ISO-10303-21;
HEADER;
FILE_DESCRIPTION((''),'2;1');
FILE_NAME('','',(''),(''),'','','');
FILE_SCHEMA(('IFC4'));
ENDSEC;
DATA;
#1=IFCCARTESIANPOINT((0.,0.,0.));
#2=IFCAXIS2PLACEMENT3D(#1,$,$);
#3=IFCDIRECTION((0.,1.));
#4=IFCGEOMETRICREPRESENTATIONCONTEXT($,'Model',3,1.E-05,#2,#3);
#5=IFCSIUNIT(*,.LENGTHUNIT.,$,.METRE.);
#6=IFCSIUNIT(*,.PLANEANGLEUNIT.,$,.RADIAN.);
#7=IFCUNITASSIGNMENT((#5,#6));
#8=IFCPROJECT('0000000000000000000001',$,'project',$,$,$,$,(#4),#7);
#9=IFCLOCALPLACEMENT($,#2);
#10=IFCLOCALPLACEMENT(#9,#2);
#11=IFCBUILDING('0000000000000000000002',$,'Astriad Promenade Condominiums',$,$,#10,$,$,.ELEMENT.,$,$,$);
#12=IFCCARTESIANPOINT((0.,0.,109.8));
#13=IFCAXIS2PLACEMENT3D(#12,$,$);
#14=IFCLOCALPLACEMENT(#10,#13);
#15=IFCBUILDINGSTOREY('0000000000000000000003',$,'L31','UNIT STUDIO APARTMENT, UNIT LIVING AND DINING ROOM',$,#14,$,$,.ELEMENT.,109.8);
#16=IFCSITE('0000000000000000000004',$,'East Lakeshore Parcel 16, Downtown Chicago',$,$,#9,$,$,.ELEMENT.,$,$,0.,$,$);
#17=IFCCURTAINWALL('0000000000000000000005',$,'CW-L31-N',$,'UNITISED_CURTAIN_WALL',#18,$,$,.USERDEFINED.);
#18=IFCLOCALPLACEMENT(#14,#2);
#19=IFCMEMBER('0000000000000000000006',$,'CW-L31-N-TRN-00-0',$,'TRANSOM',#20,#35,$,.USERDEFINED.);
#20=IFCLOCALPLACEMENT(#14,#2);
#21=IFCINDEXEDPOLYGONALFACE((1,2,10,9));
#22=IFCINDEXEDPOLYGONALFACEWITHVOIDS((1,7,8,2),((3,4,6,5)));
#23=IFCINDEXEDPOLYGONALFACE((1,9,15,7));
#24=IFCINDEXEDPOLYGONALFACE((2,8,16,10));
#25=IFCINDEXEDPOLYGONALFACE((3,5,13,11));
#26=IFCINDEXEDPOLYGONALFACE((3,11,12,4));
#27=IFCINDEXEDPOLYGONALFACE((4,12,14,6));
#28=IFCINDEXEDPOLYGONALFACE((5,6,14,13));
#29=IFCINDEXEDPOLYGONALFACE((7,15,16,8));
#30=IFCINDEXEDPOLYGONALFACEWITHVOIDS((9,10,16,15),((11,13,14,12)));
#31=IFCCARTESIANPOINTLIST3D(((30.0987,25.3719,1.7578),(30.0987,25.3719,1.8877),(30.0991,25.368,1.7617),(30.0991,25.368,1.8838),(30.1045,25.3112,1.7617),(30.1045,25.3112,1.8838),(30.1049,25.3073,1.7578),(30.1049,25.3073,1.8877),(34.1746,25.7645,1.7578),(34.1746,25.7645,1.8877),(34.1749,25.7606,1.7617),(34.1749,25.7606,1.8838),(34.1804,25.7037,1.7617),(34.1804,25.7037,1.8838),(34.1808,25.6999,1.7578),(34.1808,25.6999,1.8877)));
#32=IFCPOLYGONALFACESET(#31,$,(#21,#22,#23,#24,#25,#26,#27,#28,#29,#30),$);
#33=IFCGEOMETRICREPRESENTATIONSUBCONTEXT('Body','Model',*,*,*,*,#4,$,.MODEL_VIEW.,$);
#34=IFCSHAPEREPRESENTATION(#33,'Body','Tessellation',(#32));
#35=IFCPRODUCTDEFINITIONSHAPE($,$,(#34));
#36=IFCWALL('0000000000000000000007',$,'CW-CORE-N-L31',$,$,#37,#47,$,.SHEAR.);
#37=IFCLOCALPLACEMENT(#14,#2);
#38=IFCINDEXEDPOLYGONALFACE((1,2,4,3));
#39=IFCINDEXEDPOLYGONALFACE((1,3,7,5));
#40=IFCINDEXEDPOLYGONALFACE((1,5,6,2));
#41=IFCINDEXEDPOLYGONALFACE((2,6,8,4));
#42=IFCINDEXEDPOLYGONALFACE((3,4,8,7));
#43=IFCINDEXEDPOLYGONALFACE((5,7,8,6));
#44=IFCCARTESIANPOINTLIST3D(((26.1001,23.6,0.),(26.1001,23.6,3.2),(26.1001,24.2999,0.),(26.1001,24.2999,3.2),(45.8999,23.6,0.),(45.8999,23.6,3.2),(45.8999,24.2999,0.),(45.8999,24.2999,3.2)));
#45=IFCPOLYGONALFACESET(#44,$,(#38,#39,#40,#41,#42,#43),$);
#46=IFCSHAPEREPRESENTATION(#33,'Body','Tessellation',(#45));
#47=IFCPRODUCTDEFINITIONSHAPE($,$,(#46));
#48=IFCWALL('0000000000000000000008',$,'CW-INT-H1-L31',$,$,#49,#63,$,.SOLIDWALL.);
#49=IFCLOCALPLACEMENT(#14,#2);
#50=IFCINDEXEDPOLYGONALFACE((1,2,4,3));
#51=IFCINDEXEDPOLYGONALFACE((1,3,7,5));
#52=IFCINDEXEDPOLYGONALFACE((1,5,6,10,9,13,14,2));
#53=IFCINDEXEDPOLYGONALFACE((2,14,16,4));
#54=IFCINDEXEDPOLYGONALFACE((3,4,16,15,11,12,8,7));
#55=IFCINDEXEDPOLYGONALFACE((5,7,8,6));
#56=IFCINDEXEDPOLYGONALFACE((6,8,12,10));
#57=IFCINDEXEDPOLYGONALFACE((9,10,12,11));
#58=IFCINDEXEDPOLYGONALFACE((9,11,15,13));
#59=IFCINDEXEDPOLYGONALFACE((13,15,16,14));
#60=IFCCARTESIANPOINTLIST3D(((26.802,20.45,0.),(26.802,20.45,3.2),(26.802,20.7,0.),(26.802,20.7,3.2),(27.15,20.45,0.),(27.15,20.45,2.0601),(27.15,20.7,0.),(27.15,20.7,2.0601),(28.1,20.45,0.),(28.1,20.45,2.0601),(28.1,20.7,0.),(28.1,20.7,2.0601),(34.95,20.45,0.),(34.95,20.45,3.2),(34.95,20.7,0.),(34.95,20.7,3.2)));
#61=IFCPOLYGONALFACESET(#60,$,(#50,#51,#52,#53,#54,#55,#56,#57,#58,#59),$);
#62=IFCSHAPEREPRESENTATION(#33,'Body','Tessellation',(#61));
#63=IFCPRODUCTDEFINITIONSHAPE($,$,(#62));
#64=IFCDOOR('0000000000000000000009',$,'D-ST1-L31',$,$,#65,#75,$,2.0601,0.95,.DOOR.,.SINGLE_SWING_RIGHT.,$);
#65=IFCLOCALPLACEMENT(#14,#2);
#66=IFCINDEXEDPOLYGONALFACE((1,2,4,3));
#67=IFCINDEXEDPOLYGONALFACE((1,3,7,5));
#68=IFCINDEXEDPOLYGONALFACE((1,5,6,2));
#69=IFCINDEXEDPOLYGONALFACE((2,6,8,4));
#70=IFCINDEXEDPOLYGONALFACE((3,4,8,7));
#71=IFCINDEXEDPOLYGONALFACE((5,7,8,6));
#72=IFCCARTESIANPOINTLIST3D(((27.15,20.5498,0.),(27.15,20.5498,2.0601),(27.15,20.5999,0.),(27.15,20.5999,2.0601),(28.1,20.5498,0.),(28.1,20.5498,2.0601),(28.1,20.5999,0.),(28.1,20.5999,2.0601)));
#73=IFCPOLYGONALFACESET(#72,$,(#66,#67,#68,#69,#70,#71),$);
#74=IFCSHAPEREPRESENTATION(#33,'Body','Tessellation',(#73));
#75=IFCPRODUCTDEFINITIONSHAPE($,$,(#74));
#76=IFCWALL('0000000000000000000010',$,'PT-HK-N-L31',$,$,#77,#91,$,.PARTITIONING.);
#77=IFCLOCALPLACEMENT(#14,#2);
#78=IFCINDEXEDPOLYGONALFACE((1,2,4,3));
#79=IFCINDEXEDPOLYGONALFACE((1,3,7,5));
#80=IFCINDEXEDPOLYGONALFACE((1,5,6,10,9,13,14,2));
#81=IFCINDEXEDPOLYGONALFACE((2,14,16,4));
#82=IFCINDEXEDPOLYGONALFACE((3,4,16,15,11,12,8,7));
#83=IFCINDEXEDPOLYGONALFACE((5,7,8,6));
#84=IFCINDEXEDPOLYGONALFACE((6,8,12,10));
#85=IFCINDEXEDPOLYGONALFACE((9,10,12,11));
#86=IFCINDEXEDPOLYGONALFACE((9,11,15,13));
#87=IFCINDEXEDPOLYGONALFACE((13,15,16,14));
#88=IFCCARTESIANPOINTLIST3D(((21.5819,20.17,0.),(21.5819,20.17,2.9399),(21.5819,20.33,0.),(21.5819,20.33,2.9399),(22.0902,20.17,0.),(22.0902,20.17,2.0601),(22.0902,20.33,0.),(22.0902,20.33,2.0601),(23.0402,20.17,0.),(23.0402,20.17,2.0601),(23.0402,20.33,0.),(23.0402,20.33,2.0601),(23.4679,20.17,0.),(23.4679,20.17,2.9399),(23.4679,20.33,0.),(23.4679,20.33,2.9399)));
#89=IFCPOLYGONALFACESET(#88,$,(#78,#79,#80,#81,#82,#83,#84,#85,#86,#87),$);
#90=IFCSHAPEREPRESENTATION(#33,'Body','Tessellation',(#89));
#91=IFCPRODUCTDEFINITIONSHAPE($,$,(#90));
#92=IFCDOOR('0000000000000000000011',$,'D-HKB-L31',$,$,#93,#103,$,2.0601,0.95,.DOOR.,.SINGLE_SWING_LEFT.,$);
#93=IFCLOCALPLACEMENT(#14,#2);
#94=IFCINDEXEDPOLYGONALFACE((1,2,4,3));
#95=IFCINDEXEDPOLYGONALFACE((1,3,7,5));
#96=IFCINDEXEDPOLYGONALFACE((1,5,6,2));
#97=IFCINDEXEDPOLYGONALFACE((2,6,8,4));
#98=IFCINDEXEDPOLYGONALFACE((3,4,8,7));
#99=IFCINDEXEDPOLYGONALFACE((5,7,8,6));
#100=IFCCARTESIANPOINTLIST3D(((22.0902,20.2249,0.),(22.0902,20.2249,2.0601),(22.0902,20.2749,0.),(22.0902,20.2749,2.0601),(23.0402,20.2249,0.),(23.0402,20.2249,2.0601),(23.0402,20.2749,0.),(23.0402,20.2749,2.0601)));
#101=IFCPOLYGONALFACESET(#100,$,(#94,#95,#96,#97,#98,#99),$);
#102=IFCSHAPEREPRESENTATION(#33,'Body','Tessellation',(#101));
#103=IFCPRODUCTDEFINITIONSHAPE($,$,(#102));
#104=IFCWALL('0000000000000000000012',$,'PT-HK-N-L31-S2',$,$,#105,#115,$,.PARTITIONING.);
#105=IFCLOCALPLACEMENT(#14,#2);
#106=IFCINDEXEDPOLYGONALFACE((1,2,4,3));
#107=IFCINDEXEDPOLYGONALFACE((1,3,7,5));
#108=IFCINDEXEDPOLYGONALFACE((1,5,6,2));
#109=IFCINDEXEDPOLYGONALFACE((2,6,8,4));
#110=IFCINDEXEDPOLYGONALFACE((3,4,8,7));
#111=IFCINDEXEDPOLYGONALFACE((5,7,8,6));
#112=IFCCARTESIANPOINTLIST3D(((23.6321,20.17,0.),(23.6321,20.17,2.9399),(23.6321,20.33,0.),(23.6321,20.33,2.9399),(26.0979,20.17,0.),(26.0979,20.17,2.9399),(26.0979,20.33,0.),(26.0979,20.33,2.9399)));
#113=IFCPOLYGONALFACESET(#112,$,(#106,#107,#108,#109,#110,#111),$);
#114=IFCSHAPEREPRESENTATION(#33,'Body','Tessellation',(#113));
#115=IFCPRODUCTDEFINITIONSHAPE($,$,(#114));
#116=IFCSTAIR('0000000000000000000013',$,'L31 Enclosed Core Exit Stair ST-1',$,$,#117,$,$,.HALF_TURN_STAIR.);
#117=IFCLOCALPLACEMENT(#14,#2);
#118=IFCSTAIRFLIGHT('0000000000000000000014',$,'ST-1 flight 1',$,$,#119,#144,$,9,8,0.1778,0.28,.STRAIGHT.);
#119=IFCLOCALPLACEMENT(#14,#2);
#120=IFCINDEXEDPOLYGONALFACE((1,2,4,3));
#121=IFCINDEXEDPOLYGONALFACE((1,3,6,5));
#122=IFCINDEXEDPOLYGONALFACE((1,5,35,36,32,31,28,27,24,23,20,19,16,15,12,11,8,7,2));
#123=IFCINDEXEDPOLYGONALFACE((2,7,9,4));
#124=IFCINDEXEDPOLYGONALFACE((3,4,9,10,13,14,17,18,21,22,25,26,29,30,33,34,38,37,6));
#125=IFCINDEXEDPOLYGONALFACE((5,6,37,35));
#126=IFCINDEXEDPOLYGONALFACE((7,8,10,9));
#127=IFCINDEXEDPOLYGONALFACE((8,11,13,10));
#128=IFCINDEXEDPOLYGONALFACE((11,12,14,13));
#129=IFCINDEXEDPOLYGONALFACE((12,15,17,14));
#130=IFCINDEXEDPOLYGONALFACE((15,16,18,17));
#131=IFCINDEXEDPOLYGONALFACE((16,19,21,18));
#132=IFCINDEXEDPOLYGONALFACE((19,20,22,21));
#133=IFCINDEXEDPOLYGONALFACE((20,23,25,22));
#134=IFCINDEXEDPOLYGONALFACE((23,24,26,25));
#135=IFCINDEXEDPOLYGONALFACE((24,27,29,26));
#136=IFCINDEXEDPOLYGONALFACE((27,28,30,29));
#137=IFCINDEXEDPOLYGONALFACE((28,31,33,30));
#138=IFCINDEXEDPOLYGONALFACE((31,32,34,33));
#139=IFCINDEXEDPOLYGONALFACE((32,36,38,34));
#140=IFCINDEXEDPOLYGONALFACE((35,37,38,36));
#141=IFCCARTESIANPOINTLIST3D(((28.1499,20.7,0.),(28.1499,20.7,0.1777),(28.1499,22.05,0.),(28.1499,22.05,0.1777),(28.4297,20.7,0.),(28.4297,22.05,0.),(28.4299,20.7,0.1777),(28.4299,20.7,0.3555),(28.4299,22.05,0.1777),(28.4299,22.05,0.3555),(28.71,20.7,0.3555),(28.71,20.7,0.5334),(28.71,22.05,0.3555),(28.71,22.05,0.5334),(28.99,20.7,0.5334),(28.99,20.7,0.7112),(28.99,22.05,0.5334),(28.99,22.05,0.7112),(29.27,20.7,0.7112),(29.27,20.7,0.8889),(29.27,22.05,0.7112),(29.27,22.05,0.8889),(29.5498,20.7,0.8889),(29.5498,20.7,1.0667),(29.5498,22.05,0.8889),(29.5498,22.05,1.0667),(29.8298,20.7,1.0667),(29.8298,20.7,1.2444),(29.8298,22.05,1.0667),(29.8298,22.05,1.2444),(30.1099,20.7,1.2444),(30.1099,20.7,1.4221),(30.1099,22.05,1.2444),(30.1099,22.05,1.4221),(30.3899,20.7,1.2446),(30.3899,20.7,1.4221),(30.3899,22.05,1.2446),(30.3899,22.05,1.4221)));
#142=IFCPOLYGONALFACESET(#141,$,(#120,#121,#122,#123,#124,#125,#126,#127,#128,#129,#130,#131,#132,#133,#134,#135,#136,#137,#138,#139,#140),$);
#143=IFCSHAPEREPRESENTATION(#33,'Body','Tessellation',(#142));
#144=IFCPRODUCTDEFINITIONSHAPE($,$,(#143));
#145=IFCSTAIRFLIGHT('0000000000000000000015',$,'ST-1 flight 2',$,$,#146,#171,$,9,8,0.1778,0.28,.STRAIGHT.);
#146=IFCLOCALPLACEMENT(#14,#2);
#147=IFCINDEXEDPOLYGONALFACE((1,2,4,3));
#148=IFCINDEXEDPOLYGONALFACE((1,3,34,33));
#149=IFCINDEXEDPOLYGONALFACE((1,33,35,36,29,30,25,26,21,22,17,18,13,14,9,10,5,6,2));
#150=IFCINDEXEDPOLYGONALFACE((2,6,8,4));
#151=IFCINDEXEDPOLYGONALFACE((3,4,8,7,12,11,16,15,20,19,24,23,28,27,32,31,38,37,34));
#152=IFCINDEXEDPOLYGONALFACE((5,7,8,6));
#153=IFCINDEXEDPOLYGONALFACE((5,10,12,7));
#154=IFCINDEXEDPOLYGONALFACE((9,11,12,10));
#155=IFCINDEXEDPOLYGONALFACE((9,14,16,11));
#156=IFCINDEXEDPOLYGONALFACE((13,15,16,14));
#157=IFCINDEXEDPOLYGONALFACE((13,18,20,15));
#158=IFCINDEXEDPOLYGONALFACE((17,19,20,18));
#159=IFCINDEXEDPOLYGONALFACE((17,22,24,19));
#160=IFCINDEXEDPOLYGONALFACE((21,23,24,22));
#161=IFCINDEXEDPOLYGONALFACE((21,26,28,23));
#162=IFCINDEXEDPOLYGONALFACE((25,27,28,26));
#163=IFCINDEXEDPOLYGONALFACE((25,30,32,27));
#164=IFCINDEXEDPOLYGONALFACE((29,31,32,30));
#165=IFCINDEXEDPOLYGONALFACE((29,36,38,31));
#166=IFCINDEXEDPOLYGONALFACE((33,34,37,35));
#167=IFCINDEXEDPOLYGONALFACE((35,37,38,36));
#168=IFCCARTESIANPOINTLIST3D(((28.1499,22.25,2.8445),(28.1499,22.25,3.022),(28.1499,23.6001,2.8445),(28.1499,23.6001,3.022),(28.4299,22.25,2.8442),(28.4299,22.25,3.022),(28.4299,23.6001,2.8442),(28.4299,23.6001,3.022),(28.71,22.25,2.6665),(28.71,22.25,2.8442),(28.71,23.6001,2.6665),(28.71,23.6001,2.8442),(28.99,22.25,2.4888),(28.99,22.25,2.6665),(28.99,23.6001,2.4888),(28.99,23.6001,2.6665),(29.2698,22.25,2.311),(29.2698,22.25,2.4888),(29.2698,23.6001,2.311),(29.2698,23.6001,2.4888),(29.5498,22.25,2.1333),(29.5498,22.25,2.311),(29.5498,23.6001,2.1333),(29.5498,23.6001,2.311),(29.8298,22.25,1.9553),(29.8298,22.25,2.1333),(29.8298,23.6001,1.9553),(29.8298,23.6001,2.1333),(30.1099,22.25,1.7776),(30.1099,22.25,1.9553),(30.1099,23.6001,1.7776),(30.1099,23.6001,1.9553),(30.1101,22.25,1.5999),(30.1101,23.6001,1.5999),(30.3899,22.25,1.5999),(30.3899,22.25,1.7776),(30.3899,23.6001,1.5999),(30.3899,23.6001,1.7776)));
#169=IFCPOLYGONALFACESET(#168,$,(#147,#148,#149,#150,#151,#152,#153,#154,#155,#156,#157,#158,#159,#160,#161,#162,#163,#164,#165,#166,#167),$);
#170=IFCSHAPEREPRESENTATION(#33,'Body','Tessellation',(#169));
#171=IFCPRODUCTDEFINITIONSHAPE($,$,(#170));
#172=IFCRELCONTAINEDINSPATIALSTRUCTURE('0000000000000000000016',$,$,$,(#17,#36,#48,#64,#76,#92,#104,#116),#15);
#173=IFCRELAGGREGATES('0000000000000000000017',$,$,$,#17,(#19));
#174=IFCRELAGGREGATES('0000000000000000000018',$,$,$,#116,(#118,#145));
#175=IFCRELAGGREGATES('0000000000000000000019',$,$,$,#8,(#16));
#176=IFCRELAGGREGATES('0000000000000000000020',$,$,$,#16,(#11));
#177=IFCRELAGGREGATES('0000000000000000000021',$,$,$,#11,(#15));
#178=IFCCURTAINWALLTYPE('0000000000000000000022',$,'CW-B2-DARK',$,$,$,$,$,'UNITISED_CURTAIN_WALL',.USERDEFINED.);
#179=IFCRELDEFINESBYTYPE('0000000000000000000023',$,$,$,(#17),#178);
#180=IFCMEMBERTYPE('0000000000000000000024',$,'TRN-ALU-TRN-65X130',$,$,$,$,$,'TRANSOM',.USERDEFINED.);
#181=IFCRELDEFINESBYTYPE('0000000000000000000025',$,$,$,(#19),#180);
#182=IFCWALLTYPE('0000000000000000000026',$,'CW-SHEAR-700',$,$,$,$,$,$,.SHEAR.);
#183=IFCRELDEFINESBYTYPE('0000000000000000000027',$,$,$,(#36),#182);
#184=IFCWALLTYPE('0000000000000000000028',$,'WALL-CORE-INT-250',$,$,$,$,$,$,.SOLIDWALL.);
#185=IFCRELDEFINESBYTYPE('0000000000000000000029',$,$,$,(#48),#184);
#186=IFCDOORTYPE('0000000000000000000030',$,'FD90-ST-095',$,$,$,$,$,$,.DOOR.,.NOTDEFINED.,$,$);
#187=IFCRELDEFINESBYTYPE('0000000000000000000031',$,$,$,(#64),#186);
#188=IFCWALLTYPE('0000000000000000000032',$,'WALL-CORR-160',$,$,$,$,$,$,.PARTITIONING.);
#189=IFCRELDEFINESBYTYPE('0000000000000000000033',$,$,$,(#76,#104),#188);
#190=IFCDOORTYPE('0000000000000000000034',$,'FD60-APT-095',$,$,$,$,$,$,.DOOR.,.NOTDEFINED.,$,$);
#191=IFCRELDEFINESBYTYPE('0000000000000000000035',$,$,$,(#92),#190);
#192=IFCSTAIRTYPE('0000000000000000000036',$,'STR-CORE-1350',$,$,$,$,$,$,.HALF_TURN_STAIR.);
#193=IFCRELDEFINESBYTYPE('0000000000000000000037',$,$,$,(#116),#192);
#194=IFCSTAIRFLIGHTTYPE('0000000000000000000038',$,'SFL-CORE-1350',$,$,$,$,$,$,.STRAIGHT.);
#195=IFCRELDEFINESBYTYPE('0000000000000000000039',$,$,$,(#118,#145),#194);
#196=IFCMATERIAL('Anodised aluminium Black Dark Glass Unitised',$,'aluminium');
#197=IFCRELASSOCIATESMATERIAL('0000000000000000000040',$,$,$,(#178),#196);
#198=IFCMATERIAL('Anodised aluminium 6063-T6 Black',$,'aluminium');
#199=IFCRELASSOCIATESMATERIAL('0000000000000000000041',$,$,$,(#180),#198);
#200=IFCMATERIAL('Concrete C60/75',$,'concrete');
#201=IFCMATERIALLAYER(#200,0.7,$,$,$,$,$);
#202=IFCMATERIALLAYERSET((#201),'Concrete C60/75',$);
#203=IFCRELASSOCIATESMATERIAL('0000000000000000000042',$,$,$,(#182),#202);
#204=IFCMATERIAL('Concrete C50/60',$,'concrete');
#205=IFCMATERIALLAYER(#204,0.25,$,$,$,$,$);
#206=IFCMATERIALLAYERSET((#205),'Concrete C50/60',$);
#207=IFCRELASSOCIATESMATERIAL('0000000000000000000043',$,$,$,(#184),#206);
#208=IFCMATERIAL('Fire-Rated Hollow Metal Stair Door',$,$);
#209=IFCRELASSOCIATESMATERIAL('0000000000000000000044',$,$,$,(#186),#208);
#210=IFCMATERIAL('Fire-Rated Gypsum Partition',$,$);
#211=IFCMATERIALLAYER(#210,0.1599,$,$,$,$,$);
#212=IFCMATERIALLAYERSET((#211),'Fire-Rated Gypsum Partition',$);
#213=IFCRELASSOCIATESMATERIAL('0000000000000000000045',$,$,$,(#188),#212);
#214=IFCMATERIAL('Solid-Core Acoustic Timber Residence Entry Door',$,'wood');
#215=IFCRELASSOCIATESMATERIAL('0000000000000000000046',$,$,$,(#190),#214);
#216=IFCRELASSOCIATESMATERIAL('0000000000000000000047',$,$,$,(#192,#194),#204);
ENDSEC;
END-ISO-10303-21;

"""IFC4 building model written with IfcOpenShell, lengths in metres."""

from ifc_helpers import new_model, si_unit, direction, frame, frame_2d, origin, origin_2d, place, context, subcontext, project, spatial, polyline, rectangle, hollow_rectangle, outline, extrude, source, transform, mapped, material, layer, layer_set, material_profile, profile_set, type_object, type_shapes, element, fill, aggregate, save


model = new_model("IFC4")

# Units and contexts
model_context = context("Model", 3, precision=1e-05, world=origin(), true_north=direction((0.0, 1.0)))
body_context = subcontext(model_context, "Body", "Model", "MODEL_VIEW")
ifc_project = project(units=[si_unit("LENGTHUNIT", "METRE"), si_unit("PLANEANGLEUNIT", "RADIAN")], contexts=[model_context])

# Site, building, storey
site_placement = place(None, origin())
site = spatial("IfcSite", under=ifc_project, at=site_placement, Name="East Lakeshore Parcel 16, Downtown Chicago", CompositionType="ELEMENT", RefElevation=0.0)
building_placement = place(site_placement, origin())
building = spatial("IfcBuilding", under=site, at=building_placement, Name="Astriad Promenade Condominiums", CompositionType="ELEMENT")
storey_placement = place(building_placement, frame((0.0, 0.0, 109.8)))
storey = spatial("IfcBuildingStorey", under=building, at=storey_placement, Name="L31", Description="UNIT STUDIO APARTMENT, UNIT LIVING AND DINING ROOM", CompositionType="ELEMENT", Elevation=109.8)

# Shared definitions
ifc_material_1 = material(Name="Concrete C60/75", Category="concrete")

# Curtain wall, member
ifc_material_2 = material(Name="Anodised aluminium Black Dark Glass Unitised", Category="aluminium")
curtain_wall_type = type_object("IfcCurtainWallType", Name="CW-B2-DARK", ElementType="UNITISED_CURTAIN_WALL", PredefinedType="USERDEFINED", material=ifc_material_2)
curtain_wall_placement = place(storey_placement, origin())
curtain_wall = element("IfcCurtainWall", 1, at=curtain_wall_placement, inside=storey, type_object=curtain_wall_type, Name="CW-L31-N", ObjectType="UNITISED_CURTAIN_WALL", PredefinedType="USERDEFINED")
ifc_material_3 = material(Name="Anodised aluminium 6063-T6 Black", Category="aluminium")
ifc_material_profile_1 = material_profile(ifc_material_3, hollow_rectangle(XDim=0.0649, YDim=0.1299, WallThickness=0.0039, at=origin_2d()), Name="ALU-TRN-65X130")
ifc_profile_set_1 = profile_set([ifc_material_profile_1], Name="Anodised aluminium 6063-T6 Black")
member_type_1 = type_object("IfcMemberType", Name="TRN-ALU-TRN-65X130", ElementType="TRANSOM", PredefinedType="USERDEFINED", material=ifc_profile_set_1)
shared_shape_1 = source(origin(), body_context, "Body", "SweptSolid", [
    extrude(hollow_rectangle(XDim=0.0649, YDim=0.1299, WallThickness=0.0039, at=origin_2d()), origin(), (0.0, 0.0, 1.0), 4.0947),
])
type_shapes(member_type_1, [shared_shape_1])
member_1_placement = place(storey_placement, frame((30.1018, 25.3396, 1.8228), z_axis=(0.995394, 0.095873, 0.0), x_axis=(-0.095873, 0.995394, 0.0)))
member_1 = element("IfcMember", 2, at=member_1_placement, type_object=member_type_1, Name="CW-L31-N-TRN-00-0", ObjectType="TRANSOM", PredefinedType="USERDEFINED", context=body_context, shape_type="MappedRepresentation", body=[
    mapped(shared_shape_1, transform((0.0, 0.0, 0.0), scale=1.0)),
])
aggregate(curtain_wall, [member_1])

# Wall
ifc_layer_1 = layer(ifc_material_1, 0.7)
ifc_layer_set_1 = layer_set([ifc_layer_1], Name="Concrete C60/75")
wall_type_1 = type_object("IfcWallType", Name="CW-SHEAR-700", PredefinedType="SHEAR", material=ifc_layer_set_1)
wall_1_placement = place(storey_placement, frame((26.1001, 23.95, 0.0), z_axis=(0.0, 0.0, 1.0), x_axis=(1.0, 0.0, 0.0)))
element("IfcWall", 3, at=wall_1_placement, inside=storey, type_object=wall_type_1, Name="CW-CORE-N-L31", PredefinedType="SHEAR", context=body_context, shape_type="SweptSolid", body=[
    extrude(rectangle(XDim=19.7998, YDim=0.7, at=frame_2d((9.8999, 0.0))), origin(), (0.0, 0.0, 1.0), 3.2),
])

# Walls, openings, doors
ifc_material_4 = material(Name="Concrete C50/60", Category="concrete")
ifc_layer_2 = layer(ifc_material_4, 0.25)
ifc_layer_set_2 = layer_set([ifc_layer_2], Name="Concrete C50/60")
wall_type_2 = type_object("IfcWallType", Name="WALL-CORE-INT-250", PredefinedType="SOLIDWALL", material=ifc_layer_set_2)
wall_2_placement = place(storey_placement, frame((26.802, 20.575, 0.0), z_axis=(0.0, 0.0, 1.0), x_axis=(1.0, 0.0, 0.0)))
wall_2 = element("IfcWall", 4, at=wall_2_placement, inside=storey, type_object=wall_type_2, Name="CW-INT-H1-L31", PredefinedType="SOLIDWALL", context=body_context, shape_type="SweptSolid", body=[
    extrude(rectangle(XDim=8.1479, YDim=0.25, at=frame_2d((4.074, 0.0))), origin(), (0.0, 0.0, 1.0), 3.2),
])
opening_1_placement = place(wall_2_placement, frame((0.3479, 0.0, 0.0)))
opening_1 = element("IfcOpeningElement", 5, at=opening_1_placement, cuts=wall_2, PredefinedType="OPENING", context=body_context, shape_type="SweptSolid", body=[
    extrude(rectangle(XDim=0.95, YDim=2.0601, at=frame_2d((0.4751, 1.03))), frame((0.0, 0.135, 0.0), z_axis=(0.0, -1.0, 0.0), x_axis=(1.0, 0.0, 0.0)), (0.0, 0.0, 1.0), 0.27),
])
ifc_material_5 = material(Name="Fire-Rated Hollow Metal Stair Door")
door_type_1 = type_object("IfcDoorType", Name="FD90-ST-095", OperationType="NOTDEFINED", PredefinedType="DOOR", material=ifc_material_5)
shared_shape_2 = source(origin(), body_context, "Body", "SweptSolid", [
    extrude(rectangle(XDim=0.95, YDim=2.0601, at=frame_2d((0.4751, 1.03))), frame((0.0, 0.0249, 0.0), z_axis=(0.0, -1.0, 0.0), x_axis=(1.0, 0.0, 0.0)), (0.0, 0.0, 1.0), 0.05),
])
type_shapes(door_type_1, [shared_shape_2])
door_1_placement = place(opening_1_placement, origin())
door_1 = element("IfcDoor", 6, at=door_1_placement, inside=storey, type_object=door_type_1, Name="D-ST1-L31", OperationType="SINGLE_SWING_RIGHT", OverallHeight=2.0601, OverallWidth=0.95, PredefinedType="DOOR", context=body_context, shape_type="MappedRepresentation", body=[
    mapped(shared_shape_2, transform((0.0, 0.0, 0.0), scale=1.0)),
])
fill(opening_1, door_1)
ifc_material_6 = material(Name="Fire-Rated Gypsum Partition")
ifc_layer_3 = layer(ifc_material_6, 0.1599)
ifc_layer_set_3 = layer_set([ifc_layer_3], Name="Fire-Rated Gypsum Partition")
wall_type_3 = type_object("IfcWallType", Name="WALL-CORR-160", PredefinedType="PARTITIONING", material=ifc_layer_set_3)
wall_3_placement = place(storey_placement, frame((21.582, 20.25, 0.0), z_axis=(0.0, 0.0, 1.0), x_axis=(1.0, 0.0, 0.0)))
wall_3 = element("IfcWall", 7, at=wall_3_placement, inside=storey, type_object=wall_type_3, Name="PT-HK-N-L31", PredefinedType="PARTITIONING", context=body_context, shape_type="SweptSolid", body=[
    extrude(rectangle(XDim=1.886, YDim=0.1599, at=frame_2d((0.9429, 0.0))), origin(), (0.0, 0.0, 1.0), 2.9399),
])
opening_2_placement = place(wall_3_placement, frame((0.5081, 0.0, 0.0)))
opening_2 = element("IfcOpeningElement", 8, at=opening_2_placement, cuts=wall_3, PredefinedType="OPENING", context=body_context, shape_type="SweptSolid", body=[
    extrude(rectangle(XDim=0.95, YDim=2.0601, at=frame_2d((0.4751, 1.03))), frame((0.0, 0.0898, 0.0), z_axis=(0.0, -1.0, 0.0), x_axis=(1.0, 0.0, 0.0)), (0.0, 0.0, 1.0), 0.1799),
])
ifc_material_7 = material(Name="Solid-Core Acoustic Timber Residence Entry Door", Category="wood")
door_type_2 = type_object("IfcDoorType", Name="FD60-APT-095", OperationType="NOTDEFINED", PredefinedType="DOOR", material=ifc_material_7)
shared_shape_3 = source(origin(), body_context, "Body", "SweptSolid", [
    extrude(rectangle(XDim=0.95, YDim=2.0601, at=frame_2d((0.4751, 1.03))), frame((0.0, 0.0249, 0.0), z_axis=(0.0, -1.0, 0.0), x_axis=(1.0, 0.0, 0.0)), (0.0, 0.0, 1.0), 0.05),
])
type_shapes(door_type_2, [shared_shape_3])
door_2_placement = place(opening_2_placement, origin())
door_2 = element("IfcDoor", 9, at=door_2_placement, inside=storey, type_object=door_type_2, Name="D-HKB-L31", OperationType="SINGLE_SWING_LEFT", OverallHeight=2.0601, OverallWidth=0.95, PredefinedType="DOOR", context=body_context, shape_type="MappedRepresentation", body=[
    mapped(shared_shape_3, transform((0.0, 0.0, 0.0), scale=1.0)),
])
fill(opening_2, door_2)

# Wall
wall_4_placement = place(storey_placement, frame((23.6321, 20.25, 0.0), z_axis=(0.0, 0.0, 1.0), x_axis=(1.0, 0.0, 0.0)))
element("IfcWall", 10, at=wall_4_placement, inside=storey, type_object=wall_type_3, Name="PT-HK-N-L31-S2", PredefinedType="PARTITIONING", context=body_context, shape_type="SweptSolid", body=[
    extrude(rectangle(XDim=2.4658, YDim=0.1599, at=frame_2d((1.2329, 0.0))), origin(), (0.0, 0.0, 1.0), 2.9399),
])

# Stair, stair flights
stair_type = type_object("IfcStairType", Name="STR-CORE-1350", PredefinedType="HALF_TURN_STAIR", material=ifc_material_4)
stair_placement = place(storey_placement, origin())
stair = element("IfcStair", 11, at=stair_placement, inside=storey, type_object=stair_type, Name="L31 Enclosed Core Exit Stair ST-1", PredefinedType="HALF_TURN_STAIR")
stair_flight_type = type_object("IfcStairFlightType", Name="SFL-CORE-1350", PredefinedType="STRAIGHT", material=ifc_material_4)
shared_shape_4 = source(origin(), body_context, "Body", "SweptSolid", [
    extrude(outline(polyline([(0.0, 0.0), (0.0, 0.1777), (0.28, 0.1777), (0.28, 0.3555), (0.5601, 0.3555), (0.5601, 0.5334), (0.8401, 0.5334), (0.8401, 0.7112), (1.1201, 0.7112), (1.1201, 0.8889), (1.3999, 0.8889), (1.3999, 1.0667), (1.6799, 1.0667), (1.6799, 1.2444), (1.96, 1.2444), (1.96, 1.4221), (2.24, 1.4221), (2.24, 1.6001), (2.24, 1.2446), (0.2798, 0.0), (0.0, 0.0)])), frame((0.0, 0.675, 0.0), z_axis=(0.0, -1.0, 0.0), x_axis=(1.0, 0.0, 0.0)), (0.0, 0.0, 1.0), 1.3501),
])
type_shapes(stair_flight_type, [shared_shape_4])
stair_flight_1_placement = place(storey_placement, frame((28.1499, 21.375, 0.0), z_axis=(0.0, 0.0, 1.0), x_axis=(1.0, 0.0, 0.0)))
stair_flight_1 = element("IfcStairFlight", 12, at=stair_flight_1_placement, type_object=stair_flight_type, Name="ST-1 flight 1", NumberOfRisers=9, NumberOfTreads=8, PredefinedType="STRAIGHT", RiserHeight=0.1778, TreadLength=0.28, context=body_context, shape_type="MappedRepresentation", body=[
    mapped(shared_shape_4, transform((0.0, 0.0, 0.0), scale=1.0)),
])
stair_flight_2_placement = place(storey_placement, frame((30.3899, 22.925, 1.5999), z_axis=(0.0, 0.0, 1.0), x_axis=(-1.0, 0.0, 0.0)))
stair_flight_2 = element("IfcStairFlight", 13, at=stair_flight_2_placement, type_object=stair_flight_type, Name="ST-1 flight 2", NumberOfRisers=9, NumberOfTreads=8, PredefinedType="STRAIGHT", RiserHeight=0.1778, TreadLength=0.28, context=body_context, shape_type="MappedRepresentation", body=[
    mapped(shared_shape_4, transform((0.0, 0.0, 0.0), scale=1.0)),
])
aggregate(stair, [stair_flight_1, stair_flight_2])

save(model, "model.ifc")
